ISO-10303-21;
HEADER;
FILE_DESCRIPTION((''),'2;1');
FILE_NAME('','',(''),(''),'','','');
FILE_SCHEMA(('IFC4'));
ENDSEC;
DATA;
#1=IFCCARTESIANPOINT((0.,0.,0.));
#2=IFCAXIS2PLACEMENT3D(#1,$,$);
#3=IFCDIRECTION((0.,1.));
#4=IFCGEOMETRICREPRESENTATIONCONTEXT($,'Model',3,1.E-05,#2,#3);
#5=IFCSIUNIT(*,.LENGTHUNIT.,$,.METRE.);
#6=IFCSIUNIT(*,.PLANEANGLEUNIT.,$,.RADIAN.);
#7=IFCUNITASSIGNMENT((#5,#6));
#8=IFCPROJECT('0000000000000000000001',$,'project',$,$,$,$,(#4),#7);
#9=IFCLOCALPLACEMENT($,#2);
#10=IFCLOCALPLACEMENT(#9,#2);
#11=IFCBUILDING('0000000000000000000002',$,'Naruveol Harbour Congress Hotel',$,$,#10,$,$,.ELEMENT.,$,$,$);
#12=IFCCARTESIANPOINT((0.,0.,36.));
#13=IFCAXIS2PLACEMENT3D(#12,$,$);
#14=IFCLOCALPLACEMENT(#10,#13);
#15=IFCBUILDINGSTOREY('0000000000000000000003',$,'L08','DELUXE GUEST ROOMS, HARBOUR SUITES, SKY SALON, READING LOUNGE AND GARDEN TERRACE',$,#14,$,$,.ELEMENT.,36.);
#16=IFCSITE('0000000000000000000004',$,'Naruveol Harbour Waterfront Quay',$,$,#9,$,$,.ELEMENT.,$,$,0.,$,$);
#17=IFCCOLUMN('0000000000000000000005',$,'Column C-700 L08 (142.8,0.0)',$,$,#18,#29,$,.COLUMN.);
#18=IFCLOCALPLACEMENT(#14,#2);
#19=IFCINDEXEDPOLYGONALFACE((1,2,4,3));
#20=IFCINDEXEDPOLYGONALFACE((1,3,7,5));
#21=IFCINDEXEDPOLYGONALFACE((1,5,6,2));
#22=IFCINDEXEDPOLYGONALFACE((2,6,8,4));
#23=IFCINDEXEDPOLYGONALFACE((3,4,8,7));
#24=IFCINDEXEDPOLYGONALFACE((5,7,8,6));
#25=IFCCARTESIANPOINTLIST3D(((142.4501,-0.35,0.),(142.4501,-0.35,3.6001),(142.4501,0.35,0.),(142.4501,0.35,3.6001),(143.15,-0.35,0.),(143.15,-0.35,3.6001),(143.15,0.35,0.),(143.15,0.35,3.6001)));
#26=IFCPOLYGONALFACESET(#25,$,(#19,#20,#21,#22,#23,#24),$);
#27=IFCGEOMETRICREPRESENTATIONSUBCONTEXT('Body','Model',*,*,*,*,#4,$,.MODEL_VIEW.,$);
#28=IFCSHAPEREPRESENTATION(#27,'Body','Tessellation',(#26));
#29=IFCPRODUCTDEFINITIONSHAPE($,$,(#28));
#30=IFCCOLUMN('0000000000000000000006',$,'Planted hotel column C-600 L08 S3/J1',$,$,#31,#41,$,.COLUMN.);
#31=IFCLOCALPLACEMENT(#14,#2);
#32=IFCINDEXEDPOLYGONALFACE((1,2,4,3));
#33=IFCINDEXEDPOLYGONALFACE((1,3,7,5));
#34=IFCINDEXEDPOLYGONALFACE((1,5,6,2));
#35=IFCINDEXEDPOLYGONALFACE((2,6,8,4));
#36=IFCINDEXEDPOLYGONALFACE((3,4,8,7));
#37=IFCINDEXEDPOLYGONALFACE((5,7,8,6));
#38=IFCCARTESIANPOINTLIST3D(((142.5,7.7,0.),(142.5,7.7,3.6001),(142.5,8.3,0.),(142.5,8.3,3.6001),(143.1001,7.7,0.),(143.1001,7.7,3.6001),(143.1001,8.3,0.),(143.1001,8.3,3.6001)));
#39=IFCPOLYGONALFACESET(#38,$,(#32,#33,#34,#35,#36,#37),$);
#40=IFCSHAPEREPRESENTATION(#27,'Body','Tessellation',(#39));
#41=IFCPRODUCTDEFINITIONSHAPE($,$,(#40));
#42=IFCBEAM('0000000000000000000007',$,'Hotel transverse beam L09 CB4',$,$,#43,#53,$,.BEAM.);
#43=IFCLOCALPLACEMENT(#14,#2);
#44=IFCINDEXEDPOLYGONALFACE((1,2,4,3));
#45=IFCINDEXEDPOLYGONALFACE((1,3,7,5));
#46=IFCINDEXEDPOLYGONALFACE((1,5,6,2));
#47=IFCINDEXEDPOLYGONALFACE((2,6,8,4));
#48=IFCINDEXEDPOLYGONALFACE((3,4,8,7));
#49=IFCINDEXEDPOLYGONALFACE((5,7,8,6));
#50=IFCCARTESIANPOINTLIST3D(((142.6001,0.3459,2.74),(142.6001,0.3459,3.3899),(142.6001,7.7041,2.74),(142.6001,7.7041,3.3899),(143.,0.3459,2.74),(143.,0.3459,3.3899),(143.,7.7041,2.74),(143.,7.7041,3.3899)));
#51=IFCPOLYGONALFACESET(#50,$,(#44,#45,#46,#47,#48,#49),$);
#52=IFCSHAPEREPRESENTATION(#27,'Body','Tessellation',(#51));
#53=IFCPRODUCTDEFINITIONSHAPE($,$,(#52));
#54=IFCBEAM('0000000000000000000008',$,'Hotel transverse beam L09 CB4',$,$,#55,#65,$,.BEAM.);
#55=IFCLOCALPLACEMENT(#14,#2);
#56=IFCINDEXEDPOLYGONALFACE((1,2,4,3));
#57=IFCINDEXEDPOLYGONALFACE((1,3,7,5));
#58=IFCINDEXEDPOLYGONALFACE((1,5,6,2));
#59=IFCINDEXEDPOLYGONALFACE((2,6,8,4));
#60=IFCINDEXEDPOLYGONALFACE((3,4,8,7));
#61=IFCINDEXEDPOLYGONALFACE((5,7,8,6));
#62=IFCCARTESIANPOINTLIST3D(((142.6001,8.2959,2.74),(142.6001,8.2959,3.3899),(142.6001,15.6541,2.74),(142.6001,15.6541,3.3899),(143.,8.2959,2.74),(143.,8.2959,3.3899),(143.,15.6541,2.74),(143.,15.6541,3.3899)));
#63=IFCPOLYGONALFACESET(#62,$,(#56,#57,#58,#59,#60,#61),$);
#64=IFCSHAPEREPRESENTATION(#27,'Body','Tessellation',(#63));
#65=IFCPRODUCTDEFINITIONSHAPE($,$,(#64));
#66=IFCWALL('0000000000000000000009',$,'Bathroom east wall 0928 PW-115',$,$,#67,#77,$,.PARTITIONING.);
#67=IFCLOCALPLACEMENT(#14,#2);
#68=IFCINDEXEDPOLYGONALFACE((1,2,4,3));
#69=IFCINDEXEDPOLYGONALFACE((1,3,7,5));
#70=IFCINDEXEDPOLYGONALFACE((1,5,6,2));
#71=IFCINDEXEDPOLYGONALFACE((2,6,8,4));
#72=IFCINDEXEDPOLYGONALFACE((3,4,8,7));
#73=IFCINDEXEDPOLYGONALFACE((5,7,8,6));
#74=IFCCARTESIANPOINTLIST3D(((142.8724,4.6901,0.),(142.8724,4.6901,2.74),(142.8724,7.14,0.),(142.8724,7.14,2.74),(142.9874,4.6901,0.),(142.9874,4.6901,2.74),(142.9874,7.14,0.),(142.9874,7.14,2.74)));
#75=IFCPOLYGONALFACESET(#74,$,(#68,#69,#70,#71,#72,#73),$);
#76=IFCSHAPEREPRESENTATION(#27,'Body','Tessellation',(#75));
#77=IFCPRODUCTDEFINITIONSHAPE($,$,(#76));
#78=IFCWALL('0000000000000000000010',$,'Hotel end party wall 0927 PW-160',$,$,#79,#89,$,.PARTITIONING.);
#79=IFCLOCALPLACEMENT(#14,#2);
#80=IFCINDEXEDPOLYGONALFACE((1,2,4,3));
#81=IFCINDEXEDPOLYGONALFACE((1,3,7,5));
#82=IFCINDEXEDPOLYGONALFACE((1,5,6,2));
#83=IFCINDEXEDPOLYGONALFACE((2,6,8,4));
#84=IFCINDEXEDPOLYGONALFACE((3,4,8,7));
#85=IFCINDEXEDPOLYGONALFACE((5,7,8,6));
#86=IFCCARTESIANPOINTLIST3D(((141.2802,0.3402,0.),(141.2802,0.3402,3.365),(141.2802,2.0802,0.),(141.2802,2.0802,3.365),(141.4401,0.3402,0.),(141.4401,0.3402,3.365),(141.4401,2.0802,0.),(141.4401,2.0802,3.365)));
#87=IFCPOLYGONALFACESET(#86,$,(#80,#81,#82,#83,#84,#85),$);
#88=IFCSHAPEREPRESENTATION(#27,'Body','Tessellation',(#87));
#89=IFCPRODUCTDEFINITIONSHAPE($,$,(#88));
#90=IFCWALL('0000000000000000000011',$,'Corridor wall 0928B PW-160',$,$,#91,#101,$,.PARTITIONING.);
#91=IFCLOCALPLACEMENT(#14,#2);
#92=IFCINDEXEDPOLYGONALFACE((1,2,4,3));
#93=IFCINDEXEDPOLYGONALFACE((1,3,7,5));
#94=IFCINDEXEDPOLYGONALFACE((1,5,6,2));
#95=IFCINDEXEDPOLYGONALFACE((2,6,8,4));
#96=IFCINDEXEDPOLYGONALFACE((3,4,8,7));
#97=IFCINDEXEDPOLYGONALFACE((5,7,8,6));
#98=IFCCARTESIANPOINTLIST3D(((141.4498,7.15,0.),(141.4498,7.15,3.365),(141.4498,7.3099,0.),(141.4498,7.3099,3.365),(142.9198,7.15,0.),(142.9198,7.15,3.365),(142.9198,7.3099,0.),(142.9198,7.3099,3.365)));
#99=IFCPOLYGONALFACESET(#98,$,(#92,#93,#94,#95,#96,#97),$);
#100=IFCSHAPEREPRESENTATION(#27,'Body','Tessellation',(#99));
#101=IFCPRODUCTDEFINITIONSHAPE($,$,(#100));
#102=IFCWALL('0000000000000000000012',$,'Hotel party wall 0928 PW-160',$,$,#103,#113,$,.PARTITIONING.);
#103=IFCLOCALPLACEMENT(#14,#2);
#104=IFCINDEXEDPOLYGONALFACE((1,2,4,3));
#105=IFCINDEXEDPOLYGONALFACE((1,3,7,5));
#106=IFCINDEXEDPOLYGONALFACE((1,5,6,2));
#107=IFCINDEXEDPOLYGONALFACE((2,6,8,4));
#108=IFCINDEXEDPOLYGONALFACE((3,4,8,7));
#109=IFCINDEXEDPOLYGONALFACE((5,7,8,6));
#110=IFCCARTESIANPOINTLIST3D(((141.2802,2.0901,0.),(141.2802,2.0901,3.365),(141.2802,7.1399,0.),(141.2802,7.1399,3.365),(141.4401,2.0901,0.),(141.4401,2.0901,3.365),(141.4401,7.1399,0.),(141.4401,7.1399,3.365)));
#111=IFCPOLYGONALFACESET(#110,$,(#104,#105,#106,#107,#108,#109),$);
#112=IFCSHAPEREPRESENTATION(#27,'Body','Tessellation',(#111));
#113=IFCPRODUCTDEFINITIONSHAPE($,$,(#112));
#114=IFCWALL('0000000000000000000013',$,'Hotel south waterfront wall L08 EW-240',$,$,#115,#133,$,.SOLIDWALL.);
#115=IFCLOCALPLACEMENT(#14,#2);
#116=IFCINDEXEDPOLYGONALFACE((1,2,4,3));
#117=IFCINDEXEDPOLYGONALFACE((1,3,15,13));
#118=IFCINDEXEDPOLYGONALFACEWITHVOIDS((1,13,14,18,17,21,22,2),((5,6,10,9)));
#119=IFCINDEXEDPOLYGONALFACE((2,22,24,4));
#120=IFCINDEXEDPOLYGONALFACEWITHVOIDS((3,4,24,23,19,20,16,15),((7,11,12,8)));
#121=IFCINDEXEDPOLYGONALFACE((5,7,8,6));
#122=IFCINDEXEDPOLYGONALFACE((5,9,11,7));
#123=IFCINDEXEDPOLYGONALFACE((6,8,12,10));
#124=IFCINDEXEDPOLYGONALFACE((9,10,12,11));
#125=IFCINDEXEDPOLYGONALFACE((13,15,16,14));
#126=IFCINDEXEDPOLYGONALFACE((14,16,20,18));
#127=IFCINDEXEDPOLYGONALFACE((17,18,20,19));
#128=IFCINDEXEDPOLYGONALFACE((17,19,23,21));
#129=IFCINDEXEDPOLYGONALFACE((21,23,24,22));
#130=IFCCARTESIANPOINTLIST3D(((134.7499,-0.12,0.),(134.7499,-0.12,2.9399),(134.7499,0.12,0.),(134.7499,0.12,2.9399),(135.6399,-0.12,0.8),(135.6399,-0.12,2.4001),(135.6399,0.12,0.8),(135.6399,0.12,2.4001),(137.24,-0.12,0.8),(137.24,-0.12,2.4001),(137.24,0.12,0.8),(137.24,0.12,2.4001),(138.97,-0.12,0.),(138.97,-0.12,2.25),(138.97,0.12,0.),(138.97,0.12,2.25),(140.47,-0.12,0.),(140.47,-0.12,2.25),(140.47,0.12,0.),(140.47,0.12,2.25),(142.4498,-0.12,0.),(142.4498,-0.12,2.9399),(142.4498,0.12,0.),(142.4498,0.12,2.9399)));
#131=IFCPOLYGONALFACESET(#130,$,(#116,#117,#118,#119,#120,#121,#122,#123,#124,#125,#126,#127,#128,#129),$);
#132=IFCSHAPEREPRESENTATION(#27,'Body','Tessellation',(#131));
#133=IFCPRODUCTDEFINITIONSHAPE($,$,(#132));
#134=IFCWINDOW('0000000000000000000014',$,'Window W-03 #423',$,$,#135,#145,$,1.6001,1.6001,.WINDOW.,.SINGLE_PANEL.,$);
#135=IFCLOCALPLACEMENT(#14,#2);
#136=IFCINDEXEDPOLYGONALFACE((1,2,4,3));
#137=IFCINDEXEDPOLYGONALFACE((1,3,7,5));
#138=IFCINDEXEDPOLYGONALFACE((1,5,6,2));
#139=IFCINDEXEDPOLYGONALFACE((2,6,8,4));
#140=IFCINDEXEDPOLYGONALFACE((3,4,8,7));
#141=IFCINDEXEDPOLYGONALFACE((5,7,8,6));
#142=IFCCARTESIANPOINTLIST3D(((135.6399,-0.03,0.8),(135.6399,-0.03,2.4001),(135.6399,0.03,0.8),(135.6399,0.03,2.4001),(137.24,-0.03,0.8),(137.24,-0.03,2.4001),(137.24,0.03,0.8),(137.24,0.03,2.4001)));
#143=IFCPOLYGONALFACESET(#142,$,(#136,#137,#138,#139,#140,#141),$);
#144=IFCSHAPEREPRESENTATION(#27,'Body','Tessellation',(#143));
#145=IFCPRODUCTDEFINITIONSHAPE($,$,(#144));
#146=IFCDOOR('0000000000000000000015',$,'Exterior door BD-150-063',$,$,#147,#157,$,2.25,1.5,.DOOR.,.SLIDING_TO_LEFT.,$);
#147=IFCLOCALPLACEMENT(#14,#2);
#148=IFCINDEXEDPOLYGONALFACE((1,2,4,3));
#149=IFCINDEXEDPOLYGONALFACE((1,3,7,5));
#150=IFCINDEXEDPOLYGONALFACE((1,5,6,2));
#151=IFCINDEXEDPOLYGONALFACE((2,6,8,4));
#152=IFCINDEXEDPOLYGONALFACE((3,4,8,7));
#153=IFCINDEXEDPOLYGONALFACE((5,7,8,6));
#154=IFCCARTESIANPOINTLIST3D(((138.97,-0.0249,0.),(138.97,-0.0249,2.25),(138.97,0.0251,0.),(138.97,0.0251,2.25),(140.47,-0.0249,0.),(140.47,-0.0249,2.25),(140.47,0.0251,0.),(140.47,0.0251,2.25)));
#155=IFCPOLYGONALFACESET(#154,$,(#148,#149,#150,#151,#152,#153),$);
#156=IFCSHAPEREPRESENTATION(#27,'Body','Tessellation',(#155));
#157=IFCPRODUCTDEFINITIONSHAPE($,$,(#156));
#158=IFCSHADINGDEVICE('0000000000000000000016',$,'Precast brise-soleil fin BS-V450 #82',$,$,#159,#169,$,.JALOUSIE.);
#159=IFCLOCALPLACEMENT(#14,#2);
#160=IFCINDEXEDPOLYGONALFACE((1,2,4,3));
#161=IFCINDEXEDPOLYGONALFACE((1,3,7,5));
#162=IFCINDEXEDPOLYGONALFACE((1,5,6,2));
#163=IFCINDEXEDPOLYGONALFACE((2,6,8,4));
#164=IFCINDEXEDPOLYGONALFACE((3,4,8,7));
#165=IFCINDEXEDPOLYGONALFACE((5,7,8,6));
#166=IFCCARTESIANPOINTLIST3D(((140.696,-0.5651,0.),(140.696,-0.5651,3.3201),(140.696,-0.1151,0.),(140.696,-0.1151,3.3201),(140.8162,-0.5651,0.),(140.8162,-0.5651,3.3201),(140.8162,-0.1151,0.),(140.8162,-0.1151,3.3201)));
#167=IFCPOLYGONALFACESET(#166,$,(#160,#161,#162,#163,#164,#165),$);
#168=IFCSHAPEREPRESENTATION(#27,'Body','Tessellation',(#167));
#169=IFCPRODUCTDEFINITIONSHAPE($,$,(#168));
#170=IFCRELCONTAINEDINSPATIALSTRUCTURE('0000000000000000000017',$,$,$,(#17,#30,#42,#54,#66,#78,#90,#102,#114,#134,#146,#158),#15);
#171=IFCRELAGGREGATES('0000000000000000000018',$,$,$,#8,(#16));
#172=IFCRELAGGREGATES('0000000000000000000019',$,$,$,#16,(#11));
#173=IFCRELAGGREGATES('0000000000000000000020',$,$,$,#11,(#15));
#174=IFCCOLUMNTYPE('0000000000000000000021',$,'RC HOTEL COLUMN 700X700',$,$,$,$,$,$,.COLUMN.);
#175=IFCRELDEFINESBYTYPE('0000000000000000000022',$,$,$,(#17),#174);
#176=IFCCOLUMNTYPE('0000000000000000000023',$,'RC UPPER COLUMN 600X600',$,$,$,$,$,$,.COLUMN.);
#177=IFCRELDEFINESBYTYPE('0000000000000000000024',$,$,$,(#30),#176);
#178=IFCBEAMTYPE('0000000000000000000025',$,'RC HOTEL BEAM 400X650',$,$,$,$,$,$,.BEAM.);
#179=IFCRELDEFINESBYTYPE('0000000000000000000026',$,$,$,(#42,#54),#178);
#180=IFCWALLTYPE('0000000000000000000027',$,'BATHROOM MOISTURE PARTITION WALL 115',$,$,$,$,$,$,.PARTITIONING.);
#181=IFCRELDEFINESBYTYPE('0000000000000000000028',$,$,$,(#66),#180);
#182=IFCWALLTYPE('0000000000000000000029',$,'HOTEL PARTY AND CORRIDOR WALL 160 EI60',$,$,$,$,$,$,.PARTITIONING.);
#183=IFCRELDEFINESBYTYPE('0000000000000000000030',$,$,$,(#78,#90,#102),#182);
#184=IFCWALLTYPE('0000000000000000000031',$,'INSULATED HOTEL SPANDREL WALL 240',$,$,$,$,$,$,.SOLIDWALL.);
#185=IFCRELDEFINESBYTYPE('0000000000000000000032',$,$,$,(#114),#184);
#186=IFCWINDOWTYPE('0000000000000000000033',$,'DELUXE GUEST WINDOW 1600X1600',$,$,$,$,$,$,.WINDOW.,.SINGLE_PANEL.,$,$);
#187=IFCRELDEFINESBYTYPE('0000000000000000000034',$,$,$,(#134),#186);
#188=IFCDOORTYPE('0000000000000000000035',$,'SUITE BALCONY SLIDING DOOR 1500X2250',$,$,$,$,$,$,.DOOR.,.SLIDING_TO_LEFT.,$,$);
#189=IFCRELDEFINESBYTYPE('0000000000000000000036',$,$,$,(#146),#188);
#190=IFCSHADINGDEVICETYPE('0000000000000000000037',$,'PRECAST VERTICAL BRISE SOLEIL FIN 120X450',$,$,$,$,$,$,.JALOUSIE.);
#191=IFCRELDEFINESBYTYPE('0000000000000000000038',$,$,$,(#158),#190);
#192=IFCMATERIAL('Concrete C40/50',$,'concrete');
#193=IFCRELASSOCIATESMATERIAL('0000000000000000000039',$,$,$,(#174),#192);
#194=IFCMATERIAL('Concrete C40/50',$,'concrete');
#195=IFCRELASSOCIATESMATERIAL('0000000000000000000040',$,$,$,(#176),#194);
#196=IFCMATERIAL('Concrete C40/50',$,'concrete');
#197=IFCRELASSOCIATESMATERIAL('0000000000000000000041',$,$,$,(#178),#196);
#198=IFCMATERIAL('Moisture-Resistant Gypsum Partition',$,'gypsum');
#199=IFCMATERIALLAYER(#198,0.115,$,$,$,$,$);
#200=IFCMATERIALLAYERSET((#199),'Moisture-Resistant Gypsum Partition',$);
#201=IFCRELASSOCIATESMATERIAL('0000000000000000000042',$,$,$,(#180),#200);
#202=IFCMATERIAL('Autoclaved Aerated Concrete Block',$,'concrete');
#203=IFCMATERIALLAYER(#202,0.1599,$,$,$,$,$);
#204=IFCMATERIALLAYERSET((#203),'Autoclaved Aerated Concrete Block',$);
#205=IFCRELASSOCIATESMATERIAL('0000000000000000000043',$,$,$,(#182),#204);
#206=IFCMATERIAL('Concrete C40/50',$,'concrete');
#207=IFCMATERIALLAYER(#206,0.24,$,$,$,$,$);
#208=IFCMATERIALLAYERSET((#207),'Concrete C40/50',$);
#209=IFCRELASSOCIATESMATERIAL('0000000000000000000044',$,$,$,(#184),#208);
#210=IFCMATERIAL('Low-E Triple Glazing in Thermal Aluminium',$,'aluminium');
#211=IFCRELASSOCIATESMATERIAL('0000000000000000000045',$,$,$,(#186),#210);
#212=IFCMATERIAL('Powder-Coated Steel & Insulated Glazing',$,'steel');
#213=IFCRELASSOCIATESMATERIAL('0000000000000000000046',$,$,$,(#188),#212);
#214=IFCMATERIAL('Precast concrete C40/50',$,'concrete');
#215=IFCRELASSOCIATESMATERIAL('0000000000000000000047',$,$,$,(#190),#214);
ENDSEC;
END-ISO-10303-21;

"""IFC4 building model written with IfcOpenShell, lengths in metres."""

from ifc_helpers import new_model, si_unit, direction, frame, frame_2d, origin, origin_2d, place, context, subcontext, project, spatial, rectangle, extrude, material, layer, layer_set, material_profile, profile_set, type_object, element, fill, save


model = new_model("IFC4")

# Units and contexts
model_context = context("Model", 3, precision=1e-05, world=origin(), true_north=direction((0.0, 1.0)))
body_context = subcontext(model_context, "Body", "Model", "MODEL_VIEW")
ifc_project = project(units=[si_unit("LENGTHUNIT", "METRE"), si_unit("PLANEANGLEUNIT", "RADIAN")], contexts=[model_context])

# Site, building, storey
site_placement = place(None, origin())
site = spatial("IfcSite", under=ifc_project, at=site_placement, Name="Naruveol Harbour Waterfront Quay", CompositionType="ELEMENT", RefElevation=0.0)
building_placement = place(site_placement, origin())
building = spatial("IfcBuilding", under=site, at=building_placement, Name="Naruveol Harbour Congress Hotel", CompositionType="ELEMENT")
storey_placement = place(building_placement, frame((0.0, 0.0, 36.0)))
storey = spatial("IfcBuildingStorey", under=building, at=storey_placement, Name="L08", Description="DELUXE GUEST ROOMS, HARBOUR SUITES, SKY SALON, READING LOUNGE AND GARDEN TERRACE", CompositionType="ELEMENT", Elevation=36.0)

# Columns
ifc_material_1 = material(Name="Concrete C40/50", Category="concrete")
ifc_material_profile_1 = material_profile(ifc_material_1, rectangle(XDim=0.7, YDim=0.7, at=origin_2d()), Name="RC-700x700")
ifc_profile_set_1 = profile_set([ifc_material_profile_1], Name="Concrete C40/50")
column_type_1 = type_object("IfcColumnType", Name="RC HOTEL COLUMN 700X700", PredefinedType="COLUMN", material=ifc_profile_set_1)
column_1_placement = place(storey_placement, frame((142.8, 0.0, 0.0), z_axis=(0.0, 0.0, 1.0), x_axis=(1.0, 0.0, 0.0)))
element("IfcColumn", 1, at=column_1_placement, inside=storey, type_object=column_type_1, Name="Column C-700 L08 (142.8,0.0)", PredefinedType="COLUMN", context=body_context, shape_type="SweptSolid", body=[
    extrude(rectangle(XDim=0.7, YDim=0.7, at=origin_2d()), origin(), (0.0, 0.0, 1.0), 3.6001),
])
ifc_material_2 = material(Name="Concrete C40/50", Category="concrete")
ifc_material_profile_2 = material_profile(ifc_material_2, rectangle(XDim=0.6001, YDim=0.6001, at=origin_2d()), Name="RC-600x600")
ifc_profile_set_2 = profile_set([ifc_material_profile_2], Name="Concrete C40/50")
column_type_2 = type_object("IfcColumnType", Name="RC UPPER COLUMN 600X600", PredefinedType="COLUMN", material=ifc_profile_set_2)
column_2_placement = place(storey_placement, frame((142.8, 8.0, 0.0), z_axis=(0.0, 0.0, 1.0), x_axis=(1.0, 0.0, 0.0)))
element("IfcColumn", 2, at=column_2_placement, inside=storey, type_object=column_type_2, Name="Planted hotel column C-600 L08 S3/J1", PredefinedType="COLUMN", context=body_context, shape_type="SweptSolid", body=[
    extrude(rectangle(XDim=0.6001, YDim=0.6001, at=origin_2d()), origin(), (0.0, 0.0, 1.0), 3.6001),
])

# Beams
ifc_material_3 = material(Name="Concrete C40/50", Category="concrete")
ifc_material_profile_3 = material_profile(ifc_material_3, rectangle(XDim=0.3999, YDim=0.6499, at=origin_2d()), Name="RCB-400x650")
ifc_profile_set_3 = profile_set([ifc_material_profile_3], Name="Concrete C40/50")
beam_type = type_object("IfcBeamType", Name="RC HOTEL BEAM 400X650", PredefinedType="BEAM", material=ifc_profile_set_3)
for number, where, z_axis, x_axis, name in (
    (3, (142.8, 0.3459, 3.0649), (0.0, 1.0, 0.0), (-1.0, 0.0, 0.0), "Hotel transverse beam L09 CB4"),
    (4, (142.8, 8.2959, 3.0649), (0.0, 1.0, 0.0), (-1.0, 0.0, 0.0), "Hotel transverse beam L09 CB4"),
):
    element("IfcBeam", number, at=place(storey_placement, frame(where, z_axis=z_axis, x_axis=x_axis)), inside=storey, type_object=beam_type, Name=name, PredefinedType="BEAM", context=body_context, shape_type="SweptSolid", body=[
        extrude(rectangle(XDim=0.3999, YDim=0.6499, at=origin_2d()), origin(), (0.0, 0.0, 1.0), 7.3582),
    ])

# Shared definitions
ifc_material_4 = material(Name="Moisture-Resistant Gypsum Partition", Category="gypsum")
ifc_layer_1 = layer(ifc_material_4, 0.115)
ifc_layer_set_1 = layer_set([ifc_layer_1], Name="Moisture-Resistant Gypsum Partition")
wall_type_1 = type_object("IfcWallType", Name="BATHROOM MOISTURE PARTITION WALL 115", PredefinedType="PARTITIONING", material=ifc_layer_set_1)

# Wall
wall_1_placement = place(storey_placement, frame((142.9299, 4.6899, 0.0), z_axis=(0.0, 0.0, 1.0), x_axis=(0.0, 1.0, 0.0)))
element("IfcWall", 5, at=wall_1_placement, inside=storey, type_object=wall_type_1, Name="Bathroom east wall 0928 PW-115", PredefinedType="PARTITIONING", context=body_context, shape_type="SweptSolid", body=[
    extrude(rectangle(XDim=2.45, YDim=0.115, at=frame_2d((1.2251, 0.0))), origin(), (0.0, 0.0, 1.0), 2.74),
])

# Walls
ifc_material_5 = material(Name="Autoclaved Aerated Concrete Block", Category="concrete")
ifc_layer_2 = layer(ifc_material_5, 0.1599)
ifc_layer_set_2 = layer_set([ifc_layer_2], Name="Autoclaved Aerated Concrete Block")
wall_type_2 = type_object("IfcWallType", Name="HOTEL PARTY AND CORRIDOR WALL 160 EI60", PredefinedType="PARTITIONING", material=ifc_layer_set_2)
wall_2_placement = place(storey_placement, frame((141.3601, 0.3401, 0.0), z_axis=(0.0, 0.0, 1.0), x_axis=(0.0, 1.0, 0.0)))
element("IfcWall", 6, at=wall_2_placement, inside=storey, type_object=wall_type_2, Name="Hotel end party wall 0927 PW-160", PredefinedType="PARTITIONING", context=body_context, shape_type="SweptSolid", body=[
    extrude(rectangle(XDim=1.74, YDim=0.1599, at=frame_2d((0.8701, 0.0))), origin(), (0.0, 0.0, 1.0), 3.365),
])
wall_3_placement = place(storey_placement, frame((141.45, 7.23, 0.0), z_axis=(0.0, 0.0, 1.0), x_axis=(1.0, 0.0, 0.0)))
element("IfcWall", 7, at=wall_3_placement, inside=storey, type_object=wall_type_2, Name="Corridor wall 0928B PW-160", PredefinedType="PARTITIONING", context=body_context, shape_type="SweptSolid", body=[
    extrude(rectangle(XDim=1.47, YDim=0.1599, at=frame_2d((0.7349, 0.0))), origin(), (0.0, 0.0, 1.0), 3.365),
])
wall_4_placement = place(storey_placement, frame((141.3601, 2.0901, 0.0), z_axis=(0.0, 0.0, 1.0), x_axis=(0.0, 1.0, 0.0)))
element("IfcWall", 8, at=wall_4_placement, inside=storey, type_object=wall_type_2, Name="Hotel party wall 0928 PW-160", PredefinedType="PARTITIONING", context=body_context, shape_type="SweptSolid", body=[
    extrude(rectangle(XDim=5.0498, YDim=0.1599, at=frame_2d((2.5249, 0.0))), origin(), (0.0, 0.0, 1.0), 3.365),
])

# Wall, openings, window, door
ifc_material_6 = material(Name="Concrete C40/50", Category="concrete")
ifc_layer_3 = layer(ifc_material_6, 0.24)
ifc_layer_set_3 = layer_set([ifc_layer_3], Name="Concrete C40/50")
wall_type_3 = type_object("IfcWallType", Name="INSULATED HOTEL SPANDREL WALL 240", PredefinedType="SOLIDWALL", material=ifc_layer_set_3)
wall_5_placement = place(storey_placement, frame((142.45, 0.0, 0.0), z_axis=(0.0, 0.0, 1.0), x_axis=(-1.0, 0.0, 0.0)))
wall_5 = element("IfcWall", 9, at=wall_5_placement, inside=storey, type_object=wall_type_3, Name="Hotel south waterfront wall L08 EW-240", PredefinedType="SOLIDWALL", context=body_context, shape_type="SweptSolid", body=[
    extrude(rectangle(XDim=7.7, YDim=0.24, at=frame_2d((3.8501, 0.0))), origin(), (0.0, 0.0, 1.0), 2.9399),
])
opening_1_placement = place(wall_5_placement, frame((1.98, 0.0, 0.0)))
opening_1 = element("IfcOpeningElement", 10, at=opening_1_placement, cuts=wall_5, PredefinedType="OPENING", context=body_context, shape_type="SweptSolid", body=[
    extrude(rectangle(XDim=1.5, YDim=2.25, at=frame_2d((0.75, 1.125))), frame((0.0, 0.1299, 0.0), z_axis=(0.0, -1.0, 0.0), x_axis=(1.0, 0.0, 0.0)), (0.0, 0.0, 1.0), 0.26),
])
opening_2_placement = place(wall_5_placement, frame((5.21, 0.0, 0.8)))
opening_2 = element("IfcOpeningElement", 11, at=opening_2_placement, cuts=wall_5, PredefinedType="OPENING", context=body_context, shape_type="SweptSolid", body=[
    extrude(rectangle(XDim=1.6001, YDim=1.6001, at=frame_2d((0.8, 0.8))), frame((0.0, 0.1299, 0.0), z_axis=(0.0, -1.0, 0.0), x_axis=(1.0, 0.0, 0.0)), (0.0, 0.0, 1.0), 0.26),
])
ifc_material_7 = material(Name="Low-E Triple Glazing in Thermal Aluminium", Category="aluminium")
window_type = type_object("IfcWindowType", Name="DELUXE GUEST WINDOW 1600X1600", PartitioningType="SINGLE_PANEL", PredefinedType="WINDOW", material=ifc_material_7)
window_placement = place(opening_2_placement, origin())
window = element("IfcWindow", 12, at=window_placement, inside=storey, type_object=window_type, Name="Window W-03 #423", OverallHeight=1.6001, OverallWidth=1.6001, PartitioningType="SINGLE_PANEL", PredefinedType="WINDOW", context=body_context, shape_type="SweptSolid", body=[
    extrude(rectangle(XDim=1.6001, YDim=1.6001, at=frame_2d((0.8, 0.8))), frame((0.0, 0.03, 0.0), z_axis=(0.0, -1.0, 0.0), x_axis=(1.0, 0.0, 0.0)), (0.0, 0.0, 1.0), 0.0601),
])
fill(opening_2, window)
ifc_material_8 = material(Name="Powder-Coated Steel & Insulated Glazing", Category="steel")
door_type_1 = type_object("IfcDoorType", Name="SUITE BALCONY SLIDING DOOR 1500X2250", OperationType="SLIDING_TO_LEFT", PredefinedType="DOOR", material=ifc_material_8)
door_1_placement = place(opening_1_placement, origin())
door_1 = element("IfcDoor", 13, at=door_1_placement, inside=storey, type_object=door_type_1, Name="Exterior door BD-150-063", OperationType="SLIDING_TO_LEFT", OverallHeight=2.25, OverallWidth=1.5, PredefinedType="DOOR", context=body_context, shape_type="SweptSolid", body=[
    extrude(rectangle(XDim=1.5, YDim=2.25, at=frame_2d((0.75, 1.125))), frame((0.0, 0.0249, 0.0), z_axis=(0.0, -1.0, 0.0), x_axis=(1.0, 0.0, 0.0)), (0.0, 0.0, 1.0), 0.05),
])
fill(opening_1, door_1)

# Shading device
ifc_material_9 = material(Name="Precast concrete C40/50", Category="concrete")
shading_device_type = type_object("IfcShadingDeviceType", Name="PRECAST VERTICAL BRISE SOLEIL FIN 120X450", PredefinedType="JALOUSIE", material=ifc_material_9)
shading_device_placement = place(storey_placement, frame((140.7561, -0.3401, 0.0), z_axis=(0.0, 0.0, 1.0), x_axis=(-1.0, 0.0, 0.0)))
element("IfcShadingDevice", 14, at=shading_device_placement, inside=storey, type_object=shading_device_type, Name="Precast brise-soleil fin BS-V450 #82", PredefinedType="JALOUSIE", context=body_context, shape_type="SweptSolid", body=[
    extrude(rectangle(XDim=0.1201, YDim=0.45, at=origin_2d()), origin(), (0.0, 0.0, 1.0), 3.3201),
])

save(model, "model.ifc")
